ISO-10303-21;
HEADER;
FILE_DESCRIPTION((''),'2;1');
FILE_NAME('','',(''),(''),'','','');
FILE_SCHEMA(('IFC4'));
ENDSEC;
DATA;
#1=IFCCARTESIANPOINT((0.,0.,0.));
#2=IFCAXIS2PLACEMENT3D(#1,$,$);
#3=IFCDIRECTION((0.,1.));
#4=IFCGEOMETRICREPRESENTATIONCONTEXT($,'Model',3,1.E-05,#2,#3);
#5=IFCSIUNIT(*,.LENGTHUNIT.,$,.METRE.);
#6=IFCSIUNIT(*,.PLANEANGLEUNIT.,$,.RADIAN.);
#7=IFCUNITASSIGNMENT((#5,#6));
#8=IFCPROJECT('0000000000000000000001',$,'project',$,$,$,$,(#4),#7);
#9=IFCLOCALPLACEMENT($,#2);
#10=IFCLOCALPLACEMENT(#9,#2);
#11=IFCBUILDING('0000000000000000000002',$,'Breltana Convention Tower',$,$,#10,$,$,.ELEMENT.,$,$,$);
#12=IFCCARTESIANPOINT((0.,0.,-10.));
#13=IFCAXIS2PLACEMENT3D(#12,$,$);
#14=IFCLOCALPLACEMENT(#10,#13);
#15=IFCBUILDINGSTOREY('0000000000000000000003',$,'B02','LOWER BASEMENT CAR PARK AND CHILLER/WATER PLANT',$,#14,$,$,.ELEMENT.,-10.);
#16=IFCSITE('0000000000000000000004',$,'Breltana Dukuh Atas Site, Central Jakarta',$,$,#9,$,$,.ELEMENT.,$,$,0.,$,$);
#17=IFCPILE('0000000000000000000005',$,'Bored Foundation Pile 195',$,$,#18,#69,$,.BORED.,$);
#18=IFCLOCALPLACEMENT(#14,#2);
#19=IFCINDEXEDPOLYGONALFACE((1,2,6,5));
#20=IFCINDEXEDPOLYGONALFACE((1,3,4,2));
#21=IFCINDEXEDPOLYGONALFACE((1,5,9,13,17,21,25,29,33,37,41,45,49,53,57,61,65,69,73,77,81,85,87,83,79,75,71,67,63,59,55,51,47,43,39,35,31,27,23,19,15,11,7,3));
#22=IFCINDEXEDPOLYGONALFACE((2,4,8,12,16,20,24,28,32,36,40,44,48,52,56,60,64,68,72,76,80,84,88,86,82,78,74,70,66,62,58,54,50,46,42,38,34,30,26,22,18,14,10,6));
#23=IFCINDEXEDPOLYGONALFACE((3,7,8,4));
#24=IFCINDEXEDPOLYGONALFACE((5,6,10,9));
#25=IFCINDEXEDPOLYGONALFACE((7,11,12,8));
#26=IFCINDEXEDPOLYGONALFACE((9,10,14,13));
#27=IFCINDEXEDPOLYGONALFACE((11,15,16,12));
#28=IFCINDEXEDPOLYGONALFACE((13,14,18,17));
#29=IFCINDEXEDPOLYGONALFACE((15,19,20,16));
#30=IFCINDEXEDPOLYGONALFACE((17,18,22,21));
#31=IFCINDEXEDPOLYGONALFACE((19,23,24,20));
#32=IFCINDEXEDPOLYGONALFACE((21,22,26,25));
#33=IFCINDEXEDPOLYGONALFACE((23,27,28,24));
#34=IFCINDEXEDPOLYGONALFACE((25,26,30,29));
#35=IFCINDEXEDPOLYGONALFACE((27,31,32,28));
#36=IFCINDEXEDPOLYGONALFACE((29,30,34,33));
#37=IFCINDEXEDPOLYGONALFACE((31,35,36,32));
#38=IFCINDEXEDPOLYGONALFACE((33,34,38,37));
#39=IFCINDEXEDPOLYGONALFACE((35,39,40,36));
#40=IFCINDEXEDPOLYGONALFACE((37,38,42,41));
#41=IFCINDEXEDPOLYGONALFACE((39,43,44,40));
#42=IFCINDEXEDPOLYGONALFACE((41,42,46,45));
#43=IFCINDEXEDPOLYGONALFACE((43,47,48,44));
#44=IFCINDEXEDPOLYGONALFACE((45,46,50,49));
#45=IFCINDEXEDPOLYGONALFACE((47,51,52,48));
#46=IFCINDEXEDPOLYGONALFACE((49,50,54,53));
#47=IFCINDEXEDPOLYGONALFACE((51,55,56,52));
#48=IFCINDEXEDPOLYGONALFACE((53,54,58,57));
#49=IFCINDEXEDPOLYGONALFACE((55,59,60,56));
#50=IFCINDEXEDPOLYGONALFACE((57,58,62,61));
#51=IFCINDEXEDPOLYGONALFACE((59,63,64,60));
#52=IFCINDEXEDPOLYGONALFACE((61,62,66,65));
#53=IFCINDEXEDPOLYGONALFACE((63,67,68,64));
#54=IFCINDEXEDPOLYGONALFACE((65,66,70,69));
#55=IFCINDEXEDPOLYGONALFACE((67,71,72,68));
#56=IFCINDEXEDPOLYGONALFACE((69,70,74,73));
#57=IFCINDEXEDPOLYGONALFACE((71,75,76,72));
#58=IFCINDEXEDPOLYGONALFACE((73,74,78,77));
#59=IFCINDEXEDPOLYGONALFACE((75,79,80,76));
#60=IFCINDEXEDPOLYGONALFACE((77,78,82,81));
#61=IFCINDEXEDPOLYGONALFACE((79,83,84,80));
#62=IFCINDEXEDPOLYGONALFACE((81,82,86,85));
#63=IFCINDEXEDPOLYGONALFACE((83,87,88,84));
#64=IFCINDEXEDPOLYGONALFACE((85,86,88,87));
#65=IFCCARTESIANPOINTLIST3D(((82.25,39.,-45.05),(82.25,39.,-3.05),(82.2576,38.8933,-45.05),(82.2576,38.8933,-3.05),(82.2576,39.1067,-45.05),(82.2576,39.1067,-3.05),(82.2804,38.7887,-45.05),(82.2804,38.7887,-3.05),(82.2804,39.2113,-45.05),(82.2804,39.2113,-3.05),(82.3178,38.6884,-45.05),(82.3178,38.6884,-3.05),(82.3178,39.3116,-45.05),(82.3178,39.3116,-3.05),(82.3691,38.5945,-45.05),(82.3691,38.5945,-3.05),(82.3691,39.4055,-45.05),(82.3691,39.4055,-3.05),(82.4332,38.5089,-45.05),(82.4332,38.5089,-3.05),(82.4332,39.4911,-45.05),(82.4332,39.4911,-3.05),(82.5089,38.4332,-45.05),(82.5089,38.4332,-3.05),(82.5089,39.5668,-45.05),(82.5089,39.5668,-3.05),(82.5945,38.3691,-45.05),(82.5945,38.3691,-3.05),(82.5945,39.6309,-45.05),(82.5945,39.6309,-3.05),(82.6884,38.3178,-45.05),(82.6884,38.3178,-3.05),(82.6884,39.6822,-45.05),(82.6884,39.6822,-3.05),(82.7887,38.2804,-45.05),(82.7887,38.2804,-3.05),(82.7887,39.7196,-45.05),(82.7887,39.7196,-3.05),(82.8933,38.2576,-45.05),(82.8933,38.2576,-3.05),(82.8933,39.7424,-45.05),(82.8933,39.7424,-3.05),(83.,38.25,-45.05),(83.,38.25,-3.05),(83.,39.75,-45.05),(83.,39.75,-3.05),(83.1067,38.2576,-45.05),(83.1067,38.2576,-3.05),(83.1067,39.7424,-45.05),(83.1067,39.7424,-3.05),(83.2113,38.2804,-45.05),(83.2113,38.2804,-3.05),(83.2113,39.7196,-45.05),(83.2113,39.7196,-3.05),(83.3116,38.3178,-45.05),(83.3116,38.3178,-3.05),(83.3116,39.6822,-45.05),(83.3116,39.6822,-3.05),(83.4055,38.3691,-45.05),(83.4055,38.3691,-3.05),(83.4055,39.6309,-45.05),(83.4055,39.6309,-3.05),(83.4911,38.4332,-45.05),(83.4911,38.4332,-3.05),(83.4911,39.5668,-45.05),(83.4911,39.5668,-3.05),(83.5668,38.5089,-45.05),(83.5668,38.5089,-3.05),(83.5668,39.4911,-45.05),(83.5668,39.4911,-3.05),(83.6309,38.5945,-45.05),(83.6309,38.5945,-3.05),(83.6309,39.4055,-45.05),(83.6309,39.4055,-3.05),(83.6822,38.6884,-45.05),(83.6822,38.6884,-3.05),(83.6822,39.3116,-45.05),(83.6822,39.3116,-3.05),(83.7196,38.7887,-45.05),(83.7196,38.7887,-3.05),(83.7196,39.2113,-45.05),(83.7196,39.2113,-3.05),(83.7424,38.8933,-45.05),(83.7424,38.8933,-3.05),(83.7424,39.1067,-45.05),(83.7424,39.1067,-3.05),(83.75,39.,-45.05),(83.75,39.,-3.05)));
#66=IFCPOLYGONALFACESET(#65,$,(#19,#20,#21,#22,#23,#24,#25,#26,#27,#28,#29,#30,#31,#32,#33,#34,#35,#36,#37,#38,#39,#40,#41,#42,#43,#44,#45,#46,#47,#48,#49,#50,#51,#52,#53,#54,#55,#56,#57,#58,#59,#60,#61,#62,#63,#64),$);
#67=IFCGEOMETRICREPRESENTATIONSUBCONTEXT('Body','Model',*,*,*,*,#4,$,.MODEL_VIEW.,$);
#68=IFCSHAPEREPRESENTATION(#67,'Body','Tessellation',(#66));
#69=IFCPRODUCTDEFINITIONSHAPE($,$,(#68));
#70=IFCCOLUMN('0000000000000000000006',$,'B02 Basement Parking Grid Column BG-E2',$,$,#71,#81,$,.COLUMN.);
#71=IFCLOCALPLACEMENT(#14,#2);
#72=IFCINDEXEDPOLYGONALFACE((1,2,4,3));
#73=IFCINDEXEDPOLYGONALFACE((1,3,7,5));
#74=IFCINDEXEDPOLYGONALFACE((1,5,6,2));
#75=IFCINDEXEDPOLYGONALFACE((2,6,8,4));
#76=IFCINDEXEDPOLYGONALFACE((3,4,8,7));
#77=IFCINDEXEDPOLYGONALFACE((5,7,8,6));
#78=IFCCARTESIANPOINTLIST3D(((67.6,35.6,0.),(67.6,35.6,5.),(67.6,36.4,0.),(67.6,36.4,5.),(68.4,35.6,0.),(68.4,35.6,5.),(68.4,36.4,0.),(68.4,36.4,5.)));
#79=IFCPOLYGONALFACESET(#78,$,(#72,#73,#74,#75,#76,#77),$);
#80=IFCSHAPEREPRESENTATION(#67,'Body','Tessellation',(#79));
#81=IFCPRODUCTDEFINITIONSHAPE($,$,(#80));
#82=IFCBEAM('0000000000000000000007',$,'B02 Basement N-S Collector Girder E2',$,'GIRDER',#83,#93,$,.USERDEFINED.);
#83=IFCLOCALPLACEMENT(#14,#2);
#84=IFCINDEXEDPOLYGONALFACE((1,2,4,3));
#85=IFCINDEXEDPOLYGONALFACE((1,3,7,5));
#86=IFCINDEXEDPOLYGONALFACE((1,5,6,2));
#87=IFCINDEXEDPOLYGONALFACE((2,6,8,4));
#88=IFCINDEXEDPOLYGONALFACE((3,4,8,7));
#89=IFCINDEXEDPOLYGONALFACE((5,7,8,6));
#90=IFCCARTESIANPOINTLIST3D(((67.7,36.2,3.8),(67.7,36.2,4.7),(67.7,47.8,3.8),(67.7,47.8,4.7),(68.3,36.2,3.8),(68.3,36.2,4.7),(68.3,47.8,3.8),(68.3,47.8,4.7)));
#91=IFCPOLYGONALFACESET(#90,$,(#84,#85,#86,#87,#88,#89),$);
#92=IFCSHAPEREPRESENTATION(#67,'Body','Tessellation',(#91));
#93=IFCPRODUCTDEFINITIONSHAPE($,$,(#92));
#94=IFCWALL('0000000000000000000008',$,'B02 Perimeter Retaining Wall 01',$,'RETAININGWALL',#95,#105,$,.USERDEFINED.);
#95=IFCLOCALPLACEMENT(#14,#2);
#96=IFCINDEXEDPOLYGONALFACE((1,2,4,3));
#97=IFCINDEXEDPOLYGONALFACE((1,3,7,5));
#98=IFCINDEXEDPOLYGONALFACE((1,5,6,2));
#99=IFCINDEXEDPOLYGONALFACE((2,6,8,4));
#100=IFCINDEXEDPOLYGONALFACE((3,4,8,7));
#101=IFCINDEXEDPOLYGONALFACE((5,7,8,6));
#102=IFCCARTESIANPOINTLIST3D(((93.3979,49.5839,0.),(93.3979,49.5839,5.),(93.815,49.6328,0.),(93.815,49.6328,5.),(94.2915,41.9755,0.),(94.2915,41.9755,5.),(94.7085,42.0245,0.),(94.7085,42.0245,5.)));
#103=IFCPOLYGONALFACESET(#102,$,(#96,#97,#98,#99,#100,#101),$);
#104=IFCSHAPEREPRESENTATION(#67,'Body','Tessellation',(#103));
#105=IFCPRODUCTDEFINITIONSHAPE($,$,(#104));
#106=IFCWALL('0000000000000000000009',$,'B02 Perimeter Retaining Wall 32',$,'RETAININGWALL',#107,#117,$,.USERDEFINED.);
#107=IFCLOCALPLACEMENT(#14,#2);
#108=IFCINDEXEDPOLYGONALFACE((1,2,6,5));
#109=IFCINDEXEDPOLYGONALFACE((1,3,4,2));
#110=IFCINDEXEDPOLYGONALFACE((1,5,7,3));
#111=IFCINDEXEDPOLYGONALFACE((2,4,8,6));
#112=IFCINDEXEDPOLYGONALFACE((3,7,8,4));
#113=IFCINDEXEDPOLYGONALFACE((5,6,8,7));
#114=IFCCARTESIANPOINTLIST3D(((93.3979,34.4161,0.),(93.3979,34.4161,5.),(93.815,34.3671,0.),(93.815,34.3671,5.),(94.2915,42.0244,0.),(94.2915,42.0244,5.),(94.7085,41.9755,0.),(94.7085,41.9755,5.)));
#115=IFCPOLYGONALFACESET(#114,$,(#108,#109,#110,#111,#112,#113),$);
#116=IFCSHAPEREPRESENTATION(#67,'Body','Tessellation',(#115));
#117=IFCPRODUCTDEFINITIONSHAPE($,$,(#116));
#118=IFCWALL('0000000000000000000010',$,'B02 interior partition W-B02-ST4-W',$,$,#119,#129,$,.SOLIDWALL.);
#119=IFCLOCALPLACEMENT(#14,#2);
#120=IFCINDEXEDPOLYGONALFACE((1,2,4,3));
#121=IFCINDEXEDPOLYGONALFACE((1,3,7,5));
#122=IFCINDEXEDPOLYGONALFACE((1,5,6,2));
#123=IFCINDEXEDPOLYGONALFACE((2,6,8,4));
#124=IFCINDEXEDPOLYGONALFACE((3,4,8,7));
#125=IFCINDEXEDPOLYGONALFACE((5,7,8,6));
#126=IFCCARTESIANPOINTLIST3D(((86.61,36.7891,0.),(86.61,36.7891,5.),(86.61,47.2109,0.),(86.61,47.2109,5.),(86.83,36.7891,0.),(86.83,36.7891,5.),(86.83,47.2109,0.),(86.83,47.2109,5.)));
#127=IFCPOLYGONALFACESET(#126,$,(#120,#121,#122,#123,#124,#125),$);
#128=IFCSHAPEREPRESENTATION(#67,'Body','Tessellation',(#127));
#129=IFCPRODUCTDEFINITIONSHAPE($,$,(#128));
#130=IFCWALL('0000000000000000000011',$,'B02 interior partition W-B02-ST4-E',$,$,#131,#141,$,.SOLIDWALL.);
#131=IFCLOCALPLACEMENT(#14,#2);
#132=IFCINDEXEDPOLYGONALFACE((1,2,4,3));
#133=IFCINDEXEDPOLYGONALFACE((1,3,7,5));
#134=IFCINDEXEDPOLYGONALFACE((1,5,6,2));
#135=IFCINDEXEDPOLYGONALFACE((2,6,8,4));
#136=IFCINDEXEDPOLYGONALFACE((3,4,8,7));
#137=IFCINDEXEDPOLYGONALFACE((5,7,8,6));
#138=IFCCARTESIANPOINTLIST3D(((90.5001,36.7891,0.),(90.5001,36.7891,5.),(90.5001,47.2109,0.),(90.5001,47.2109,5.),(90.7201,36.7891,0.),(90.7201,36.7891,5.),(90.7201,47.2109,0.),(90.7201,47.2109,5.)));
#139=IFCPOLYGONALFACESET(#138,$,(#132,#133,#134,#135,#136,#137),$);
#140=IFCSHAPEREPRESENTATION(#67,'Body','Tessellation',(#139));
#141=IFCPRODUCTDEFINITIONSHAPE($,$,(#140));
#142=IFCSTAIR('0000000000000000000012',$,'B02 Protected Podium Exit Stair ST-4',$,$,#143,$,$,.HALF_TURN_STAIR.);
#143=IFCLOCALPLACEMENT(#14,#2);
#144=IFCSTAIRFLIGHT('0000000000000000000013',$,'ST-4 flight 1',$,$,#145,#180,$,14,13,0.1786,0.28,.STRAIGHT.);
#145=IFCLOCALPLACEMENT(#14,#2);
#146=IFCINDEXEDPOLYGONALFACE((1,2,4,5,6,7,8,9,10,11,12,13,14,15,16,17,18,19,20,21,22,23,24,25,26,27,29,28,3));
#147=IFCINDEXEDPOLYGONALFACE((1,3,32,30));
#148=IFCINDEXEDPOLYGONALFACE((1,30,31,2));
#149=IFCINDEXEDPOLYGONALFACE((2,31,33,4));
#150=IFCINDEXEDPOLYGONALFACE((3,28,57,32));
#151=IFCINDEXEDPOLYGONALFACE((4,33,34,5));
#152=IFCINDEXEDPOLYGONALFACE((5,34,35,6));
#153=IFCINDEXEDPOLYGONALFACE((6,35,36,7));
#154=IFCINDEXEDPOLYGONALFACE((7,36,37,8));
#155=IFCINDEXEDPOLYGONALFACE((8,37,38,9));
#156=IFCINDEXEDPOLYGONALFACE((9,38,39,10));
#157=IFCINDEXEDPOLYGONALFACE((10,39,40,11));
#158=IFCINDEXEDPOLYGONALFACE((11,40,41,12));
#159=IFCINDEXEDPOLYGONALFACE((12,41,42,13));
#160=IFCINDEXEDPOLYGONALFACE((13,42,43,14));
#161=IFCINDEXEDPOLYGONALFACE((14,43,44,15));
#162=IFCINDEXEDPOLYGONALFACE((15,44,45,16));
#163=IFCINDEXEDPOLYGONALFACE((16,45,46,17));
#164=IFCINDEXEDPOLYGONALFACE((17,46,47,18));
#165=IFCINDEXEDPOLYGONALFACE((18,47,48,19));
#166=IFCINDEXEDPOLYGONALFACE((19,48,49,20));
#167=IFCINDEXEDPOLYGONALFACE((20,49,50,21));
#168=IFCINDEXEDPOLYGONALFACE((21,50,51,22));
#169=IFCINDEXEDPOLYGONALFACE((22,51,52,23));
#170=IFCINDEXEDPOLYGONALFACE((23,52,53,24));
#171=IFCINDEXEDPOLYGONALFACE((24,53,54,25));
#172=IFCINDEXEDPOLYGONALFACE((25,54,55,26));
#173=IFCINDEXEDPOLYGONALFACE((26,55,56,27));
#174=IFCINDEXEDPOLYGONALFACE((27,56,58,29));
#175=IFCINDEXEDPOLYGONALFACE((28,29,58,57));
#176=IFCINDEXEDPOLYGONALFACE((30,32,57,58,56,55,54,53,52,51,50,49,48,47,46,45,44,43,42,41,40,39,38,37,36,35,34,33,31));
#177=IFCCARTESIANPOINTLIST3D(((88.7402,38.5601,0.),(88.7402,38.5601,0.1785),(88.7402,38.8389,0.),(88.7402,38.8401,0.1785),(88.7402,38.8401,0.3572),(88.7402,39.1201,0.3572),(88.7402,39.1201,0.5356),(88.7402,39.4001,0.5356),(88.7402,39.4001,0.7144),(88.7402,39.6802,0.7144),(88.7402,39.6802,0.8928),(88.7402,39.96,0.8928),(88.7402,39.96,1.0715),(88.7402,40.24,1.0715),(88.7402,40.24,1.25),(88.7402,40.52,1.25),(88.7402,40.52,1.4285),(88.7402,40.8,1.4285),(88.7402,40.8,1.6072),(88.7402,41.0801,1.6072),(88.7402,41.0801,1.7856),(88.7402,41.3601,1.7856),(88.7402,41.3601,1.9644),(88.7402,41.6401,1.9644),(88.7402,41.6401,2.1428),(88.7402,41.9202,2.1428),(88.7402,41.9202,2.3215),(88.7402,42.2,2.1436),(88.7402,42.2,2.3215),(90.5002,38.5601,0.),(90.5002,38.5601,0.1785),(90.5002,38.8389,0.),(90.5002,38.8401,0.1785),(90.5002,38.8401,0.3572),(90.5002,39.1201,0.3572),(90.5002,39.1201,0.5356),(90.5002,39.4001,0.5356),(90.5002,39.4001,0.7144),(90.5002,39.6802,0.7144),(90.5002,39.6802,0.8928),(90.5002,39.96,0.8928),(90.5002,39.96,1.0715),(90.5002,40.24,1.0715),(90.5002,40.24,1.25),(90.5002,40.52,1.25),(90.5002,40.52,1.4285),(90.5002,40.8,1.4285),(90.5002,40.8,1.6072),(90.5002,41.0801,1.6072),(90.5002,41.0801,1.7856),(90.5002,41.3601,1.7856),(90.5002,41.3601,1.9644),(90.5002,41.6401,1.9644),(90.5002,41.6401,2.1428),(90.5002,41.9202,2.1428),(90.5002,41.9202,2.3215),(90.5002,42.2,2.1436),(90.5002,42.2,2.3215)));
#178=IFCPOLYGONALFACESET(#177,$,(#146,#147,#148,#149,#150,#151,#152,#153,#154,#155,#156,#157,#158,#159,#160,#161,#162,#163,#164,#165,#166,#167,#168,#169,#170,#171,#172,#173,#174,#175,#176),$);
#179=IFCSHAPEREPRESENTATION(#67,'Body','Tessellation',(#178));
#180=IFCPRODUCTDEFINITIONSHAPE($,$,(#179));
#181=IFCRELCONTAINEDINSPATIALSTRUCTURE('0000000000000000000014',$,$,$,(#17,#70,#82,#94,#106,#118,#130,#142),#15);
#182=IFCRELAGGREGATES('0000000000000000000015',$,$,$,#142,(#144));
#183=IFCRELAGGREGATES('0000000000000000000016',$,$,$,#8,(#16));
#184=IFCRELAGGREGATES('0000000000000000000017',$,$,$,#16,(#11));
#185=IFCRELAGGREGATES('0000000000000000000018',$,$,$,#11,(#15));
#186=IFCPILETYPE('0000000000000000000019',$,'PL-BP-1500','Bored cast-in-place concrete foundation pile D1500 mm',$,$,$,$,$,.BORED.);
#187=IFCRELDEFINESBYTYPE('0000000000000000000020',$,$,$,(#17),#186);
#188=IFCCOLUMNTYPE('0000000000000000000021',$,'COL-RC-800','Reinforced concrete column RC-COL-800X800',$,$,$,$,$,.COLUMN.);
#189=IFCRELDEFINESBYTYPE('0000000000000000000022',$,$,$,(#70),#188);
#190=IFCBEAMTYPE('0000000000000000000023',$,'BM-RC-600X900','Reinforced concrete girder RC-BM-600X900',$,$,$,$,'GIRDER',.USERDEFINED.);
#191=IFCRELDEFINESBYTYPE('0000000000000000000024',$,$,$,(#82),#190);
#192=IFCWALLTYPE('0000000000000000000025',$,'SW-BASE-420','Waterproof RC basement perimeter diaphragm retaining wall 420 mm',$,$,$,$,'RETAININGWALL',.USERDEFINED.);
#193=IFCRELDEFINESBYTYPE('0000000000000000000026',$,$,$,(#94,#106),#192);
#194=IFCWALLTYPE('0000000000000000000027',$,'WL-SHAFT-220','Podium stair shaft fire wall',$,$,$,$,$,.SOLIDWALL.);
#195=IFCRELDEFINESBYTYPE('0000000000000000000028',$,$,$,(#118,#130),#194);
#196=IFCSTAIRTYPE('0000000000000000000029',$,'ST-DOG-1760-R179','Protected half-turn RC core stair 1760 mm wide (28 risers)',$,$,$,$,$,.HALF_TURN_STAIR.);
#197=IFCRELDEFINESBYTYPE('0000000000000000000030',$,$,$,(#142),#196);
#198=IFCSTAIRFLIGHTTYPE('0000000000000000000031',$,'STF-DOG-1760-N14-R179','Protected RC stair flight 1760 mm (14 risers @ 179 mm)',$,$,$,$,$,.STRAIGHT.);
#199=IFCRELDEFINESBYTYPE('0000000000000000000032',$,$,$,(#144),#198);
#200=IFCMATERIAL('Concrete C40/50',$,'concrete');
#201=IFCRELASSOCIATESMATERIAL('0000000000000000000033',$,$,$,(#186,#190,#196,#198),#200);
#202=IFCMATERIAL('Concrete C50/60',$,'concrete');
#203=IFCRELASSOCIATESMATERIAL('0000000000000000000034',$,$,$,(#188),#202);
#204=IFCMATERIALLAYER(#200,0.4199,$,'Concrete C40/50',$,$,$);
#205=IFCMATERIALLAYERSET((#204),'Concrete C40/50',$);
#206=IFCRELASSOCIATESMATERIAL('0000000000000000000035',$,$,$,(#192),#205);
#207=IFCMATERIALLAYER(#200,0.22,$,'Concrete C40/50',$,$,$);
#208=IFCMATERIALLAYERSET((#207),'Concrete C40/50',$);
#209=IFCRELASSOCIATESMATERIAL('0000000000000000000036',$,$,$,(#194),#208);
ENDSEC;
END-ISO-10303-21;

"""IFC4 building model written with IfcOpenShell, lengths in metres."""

from ifc_helpers import new_model, si_unit, direction, frame, frame_2d, origin, origin_2d, place, context, subcontext, project, spatial, polyline, rectangle, circle, outline, extrude, source, transform, mapped, material, layer, layer_set, material_profile, profile_set, type_object, type_shapes, element, aggregate, save


model = new_model("IFC4")

# Units and contexts
model_context = context("Model", 3, precision=1e-05, world=origin(), true_north=direction((0.0, 1.0)))
body_context = subcontext(model_context, "Body", "Model", "MODEL_VIEW")
ifc_project = project(units=[si_unit("LENGTHUNIT", "METRE"), si_unit("PLANEANGLEUNIT", "RADIAN")], contexts=[model_context])

# Site, building, storey
site_placement = place(None, origin())
site = spatial("IfcSite", under=ifc_project, at=site_placement, Name="Breltana Dukuh Atas Site, Central Jakarta", CompositionType="ELEMENT", RefElevation=0.0)
building_placement = place(site_placement, origin())
building = spatial("IfcBuilding", under=site, at=building_placement, Name="Breltana Convention Tower", CompositionType="ELEMENT")
storey_placement = place(building_placement, frame((0.0, 0.0, -10.0)))
storey = spatial("IfcBuildingStorey", under=building, at=storey_placement, Name="B02", Description="LOWER BASEMENT CAR PARK AND CHILLER/WATER PLANT", CompositionType="ELEMENT", Elevation=-10.0)

# Pile
ifc_material_1 = material(Name="Concrete C40/50", Category="concrete")
ifc_material_profile_1 = material_profile(ifc_material_1, circle(Radius=0.75, at=origin_2d()), Name="BP-D1500")
ifc_profile_set_1 = profile_set([ifc_material_profile_1], Name="Concrete C40/50")
pile_type_1 = type_object("IfcPileType", Name="PL-BP-1500", Description="Bored cast-in-place concrete foundation pile D1500 mm", PredefinedType="BORED", material=ifc_profile_set_1)
shared_shape_1 = source(origin(), body_context, "Body", "SweptSolid", [
    extrude(circle(Radius=0.75, at=origin_2d()), origin(), (0.0, 0.0, 1.0), 42.0),
])
type_shapes(pile_type_1, [shared_shape_1])
for number, where, z_axis, x_axis, name in (
    (1, (83.0, 39.0, -3.05), (0.0, 0.0, -1.0), (1.0, 0.0, 0.0), "Bored Foundation Pile 195"),
):
    element("IfcPile", number, at=place(storey_placement, frame(where, z_axis=z_axis, x_axis=x_axis)), inside=storey, type_object=pile_type_1, Name=name, PredefinedType="BORED", context=body_context, shape_type="MappedRepresentation", body=[
        mapped(shared_shape_1, transform((0.0, 0.0, 0.0), scale=1.0)),
    ])

# Column
ifc_material_2 = material(Name="Concrete C50/60", Category="concrete")
ifc_material_profile_2 = material_profile(ifc_material_2, rectangle(XDim=0.8, YDim=0.8, at=origin_2d()), Name="RC-COL-800X800")
ifc_profile_set_2 = profile_set([ifc_material_profile_2], Name="Concrete C50/60")
column_type = type_object("IfcColumnType", Name="COL-RC-800", Description="Reinforced concrete column RC-COL-800X800", PredefinedType="COLUMN", material=ifc_profile_set_2)
shared_shape_2 = source(origin(), body_context, "Body", "SweptSolid", [
    extrude(rectangle(XDim=0.8, YDim=0.8, at=origin_2d()), origin(), (0.0, 0.0, 1.0), 5.0),
])
type_shapes(column_type, [shared_shape_2])
column_placement = place(storey_placement, frame((68.0, 36.0, 0.0), z_axis=(0.0, 0.0, 1.0), x_axis=(1.0, 0.0, 0.0)))
element("IfcColumn", 2, at=column_placement, inside=storey, type_object=column_type, Name="B02 Basement Parking Grid Column BG-E2", PredefinedType="COLUMN", context=body_context, shape_type="MappedRepresentation", body=[
    mapped(shared_shape_2, transform((0.0, 0.0, 0.0), scale=1.0)),
])

# Beam
ifc_material_profile_3 = material_profile(ifc_material_1, rectangle(XDim=0.6001, YDim=0.8999, at=origin_2d()), Name="RC-BM-600X900")
ifc_profile_set_3 = profile_set([ifc_material_profile_3], Name="Concrete C40/50")
beam_type = type_object("IfcBeamType", Name="BM-RC-600X900", Description="Reinforced concrete girder RC-BM-600X900", ElementType="GIRDER", PredefinedType="USERDEFINED", material=ifc_profile_set_3)
shared_shape_3 = source(origin(), body_context, "Body", "SweptSolid", [
    extrude(rectangle(XDim=0.6001, YDim=0.8999, at=origin_2d()), origin(), (0.0, 0.0, 1.0), 11.6001),
])
beam_placement = place(storey_placement, frame((68.0, 36.2, 4.25), z_axis=(0.0, 1.0, 0.0), x_axis=(-1.0, 0.0, 0.0)))
element("IfcBeam", 3, at=beam_placement, inside=storey, type_object=beam_type, Name="B02 Basement N-S Collector Girder E2", ObjectType="GIRDER", PredefinedType="USERDEFINED", context=body_context, shape_type="MappedRepresentation", body=[
    mapped(shared_shape_3, transform((0.0, 0.0, 0.0), scale=1.0)),
])

# Walls
ifc_layer_1 = layer(ifc_material_1, 0.4199, Name="Concrete C40/50")
ifc_layer_set_1 = layer_set([ifc_layer_1], Name="Concrete C40/50")
wall_type_1 = type_object("IfcWallType", Name="SW-BASE-420", Description="Waterproof RC basement perimeter diaphragm retaining wall 420 mm", ElementType="RETAININGWALL", PredefinedType="USERDEFINED", material=ifc_layer_set_1)
shared_shape_4 = source(origin(), body_context, "Body", "SweptSolid", [
    extrude(rectangle(XDim=7.6606, YDim=0.4199, at=frame_2d((3.8303, 0.0))), origin(), (0.0, 0.0, 1.0), 5.0),
])
for number, where, z_axis, x_axis, name in (
    (4, (94.5, 42.0, 0.0), (0.0, 0.0, 1.0), (-0.116642, 0.993174, 0.0), "B02 Perimeter Retaining Wall 01"),
    (5, (93.6064, 34.3916, 0.0), (0.0, 0.0, 1.0), (0.116642, 0.993174, 0.0), "B02 Perimeter Retaining Wall 32"),
):
    element("IfcWall", number, at=place(storey_placement, frame(where, z_axis=z_axis, x_axis=x_axis)), inside=storey, type_object=wall_type_1, Name=name, ObjectType="RETAININGWALL", PredefinedType="USERDEFINED", context=body_context, shape_type="MappedRepresentation", body=[
        mapped(shared_shape_4, transform((0.0, 0.0, 0.0), scale=1.0)),
    ])

# Shared definitions
ifc_layer_2 = layer(ifc_material_1, 0.22, Name="Concrete C40/50")
ifc_layer_set_2 = layer_set([ifc_layer_2], Name="Concrete C40/50")
wall_type_2 = type_object("IfcWallType", Name="WL-SHAFT-220", Description="Podium stair shaft fire wall", PredefinedType="SOLIDWALL", material=ifc_layer_set_2)

# Walls
shared_shape_5 = source(origin(), body_context, "Body", "SweptSolid", [
    extrude(rectangle(XDim=10.4219, YDim=0.22, at=frame_2d((5.2109, 0.0))), origin(), (0.0, 0.0, 1.0), 5.0),
])
for number, where, z_axis, x_axis, name in (
    (6, (86.72, 36.7891, 0.0), (0.0, 0.0, 1.0), (0.0, 1.0, 0.0), "B02 interior partition W-B02-ST4-W"),
    (7, (90.6101, 36.7891, 0.0), (0.0, 0.0, 1.0), (0.0, 1.0, 0.0), "B02 interior partition W-B02-ST4-E"),
):
    element("IfcWall", number, at=place(storey_placement, frame(where, z_axis=z_axis, x_axis=x_axis)), inside=storey, type_object=wall_type_2, Name=name, PredefinedType="SOLIDWALL", context=body_context, shape_type="MappedRepresentation", body=[
        mapped(shared_shape_5, transform((0.0, 0.0, 0.0), scale=1.0)),
    ])

# Stair, stair flight
stair_type = type_object("IfcStairType", Name="ST-DOG-1760-R179", Description="Protected half-turn RC core stair 1760 mm wide (28 risers)", PredefinedType="HALF_TURN_STAIR", material=ifc_material_1)
stair_placement = place(storey_placement, origin())
stair = element("IfcStair", 8, at=stair_placement, inside=storey, type_object=stair_type, Name="B02 Protected Podium Exit Stair ST-4", PredefinedType="HALF_TURN_STAIR")
stair_flight_type = type_object("IfcStairFlightType", Name="STF-DOG-1760-N14-R179", Description="Protected RC stair flight 1760 mm (14 risers @ 179 mm)", PredefinedType="STRAIGHT", material=ifc_material_1)
stair_flight_1_placement = place(storey_placement, frame((89.6201, 38.5601, 0.0), z_axis=(0.0, 0.0, 1.0), x_axis=(0.0, 1.0, 0.0)))
stair_flight_1 = element("IfcStairFlight", 9, at=stair_flight_1_placement, type_object=stair_flight_type, Name="ST-4 flight 1", NumberOfRisers=14, NumberOfTreads=13, PredefinedType="STRAIGHT", RiserHeight=0.1786, TreadLength=0.28, context=body_context, shape_type="SweptSolid", body=[
    extrude(outline(polyline([(0.0, 0.0), (0.0, 0.1785), (0.28, 0.1785), (0.28, 0.3572), (0.5601, 0.3572), (0.5601, 0.5356), (0.8401, 0.5356), (0.8401, 0.7144), (1.1201, 0.7144), (1.1201, 0.8928), (1.3999, 0.8928), (1.3999, 1.0715), (1.6799, 1.0715), (1.6799, 1.25), (1.96, 1.25), (1.96, 1.4285), (2.24, 1.4285), (2.24, 1.6072), (2.52, 1.6072), (2.52, 1.7856), (2.8, 1.7856), (2.8, 1.9644), (3.0801, 1.9644), (3.0801, 2.1428), (3.3601, 2.1428), (3.3601, 2.3215), (3.6399, 2.3215), (3.6399, 2.5), (3.6399, 2.1436), (0.2788, 0.0), (0.0, 0.0)])), frame((0.0, 0.8799, 0.0), z_axis=(0.0, -1.0, 0.0), x_axis=(1.0, 0.0, 0.0)), (0.0, 0.0, 1.0), 1.76),
])
aggregate(stair, [stair_flight_1])

save(model, "model.ifc")
